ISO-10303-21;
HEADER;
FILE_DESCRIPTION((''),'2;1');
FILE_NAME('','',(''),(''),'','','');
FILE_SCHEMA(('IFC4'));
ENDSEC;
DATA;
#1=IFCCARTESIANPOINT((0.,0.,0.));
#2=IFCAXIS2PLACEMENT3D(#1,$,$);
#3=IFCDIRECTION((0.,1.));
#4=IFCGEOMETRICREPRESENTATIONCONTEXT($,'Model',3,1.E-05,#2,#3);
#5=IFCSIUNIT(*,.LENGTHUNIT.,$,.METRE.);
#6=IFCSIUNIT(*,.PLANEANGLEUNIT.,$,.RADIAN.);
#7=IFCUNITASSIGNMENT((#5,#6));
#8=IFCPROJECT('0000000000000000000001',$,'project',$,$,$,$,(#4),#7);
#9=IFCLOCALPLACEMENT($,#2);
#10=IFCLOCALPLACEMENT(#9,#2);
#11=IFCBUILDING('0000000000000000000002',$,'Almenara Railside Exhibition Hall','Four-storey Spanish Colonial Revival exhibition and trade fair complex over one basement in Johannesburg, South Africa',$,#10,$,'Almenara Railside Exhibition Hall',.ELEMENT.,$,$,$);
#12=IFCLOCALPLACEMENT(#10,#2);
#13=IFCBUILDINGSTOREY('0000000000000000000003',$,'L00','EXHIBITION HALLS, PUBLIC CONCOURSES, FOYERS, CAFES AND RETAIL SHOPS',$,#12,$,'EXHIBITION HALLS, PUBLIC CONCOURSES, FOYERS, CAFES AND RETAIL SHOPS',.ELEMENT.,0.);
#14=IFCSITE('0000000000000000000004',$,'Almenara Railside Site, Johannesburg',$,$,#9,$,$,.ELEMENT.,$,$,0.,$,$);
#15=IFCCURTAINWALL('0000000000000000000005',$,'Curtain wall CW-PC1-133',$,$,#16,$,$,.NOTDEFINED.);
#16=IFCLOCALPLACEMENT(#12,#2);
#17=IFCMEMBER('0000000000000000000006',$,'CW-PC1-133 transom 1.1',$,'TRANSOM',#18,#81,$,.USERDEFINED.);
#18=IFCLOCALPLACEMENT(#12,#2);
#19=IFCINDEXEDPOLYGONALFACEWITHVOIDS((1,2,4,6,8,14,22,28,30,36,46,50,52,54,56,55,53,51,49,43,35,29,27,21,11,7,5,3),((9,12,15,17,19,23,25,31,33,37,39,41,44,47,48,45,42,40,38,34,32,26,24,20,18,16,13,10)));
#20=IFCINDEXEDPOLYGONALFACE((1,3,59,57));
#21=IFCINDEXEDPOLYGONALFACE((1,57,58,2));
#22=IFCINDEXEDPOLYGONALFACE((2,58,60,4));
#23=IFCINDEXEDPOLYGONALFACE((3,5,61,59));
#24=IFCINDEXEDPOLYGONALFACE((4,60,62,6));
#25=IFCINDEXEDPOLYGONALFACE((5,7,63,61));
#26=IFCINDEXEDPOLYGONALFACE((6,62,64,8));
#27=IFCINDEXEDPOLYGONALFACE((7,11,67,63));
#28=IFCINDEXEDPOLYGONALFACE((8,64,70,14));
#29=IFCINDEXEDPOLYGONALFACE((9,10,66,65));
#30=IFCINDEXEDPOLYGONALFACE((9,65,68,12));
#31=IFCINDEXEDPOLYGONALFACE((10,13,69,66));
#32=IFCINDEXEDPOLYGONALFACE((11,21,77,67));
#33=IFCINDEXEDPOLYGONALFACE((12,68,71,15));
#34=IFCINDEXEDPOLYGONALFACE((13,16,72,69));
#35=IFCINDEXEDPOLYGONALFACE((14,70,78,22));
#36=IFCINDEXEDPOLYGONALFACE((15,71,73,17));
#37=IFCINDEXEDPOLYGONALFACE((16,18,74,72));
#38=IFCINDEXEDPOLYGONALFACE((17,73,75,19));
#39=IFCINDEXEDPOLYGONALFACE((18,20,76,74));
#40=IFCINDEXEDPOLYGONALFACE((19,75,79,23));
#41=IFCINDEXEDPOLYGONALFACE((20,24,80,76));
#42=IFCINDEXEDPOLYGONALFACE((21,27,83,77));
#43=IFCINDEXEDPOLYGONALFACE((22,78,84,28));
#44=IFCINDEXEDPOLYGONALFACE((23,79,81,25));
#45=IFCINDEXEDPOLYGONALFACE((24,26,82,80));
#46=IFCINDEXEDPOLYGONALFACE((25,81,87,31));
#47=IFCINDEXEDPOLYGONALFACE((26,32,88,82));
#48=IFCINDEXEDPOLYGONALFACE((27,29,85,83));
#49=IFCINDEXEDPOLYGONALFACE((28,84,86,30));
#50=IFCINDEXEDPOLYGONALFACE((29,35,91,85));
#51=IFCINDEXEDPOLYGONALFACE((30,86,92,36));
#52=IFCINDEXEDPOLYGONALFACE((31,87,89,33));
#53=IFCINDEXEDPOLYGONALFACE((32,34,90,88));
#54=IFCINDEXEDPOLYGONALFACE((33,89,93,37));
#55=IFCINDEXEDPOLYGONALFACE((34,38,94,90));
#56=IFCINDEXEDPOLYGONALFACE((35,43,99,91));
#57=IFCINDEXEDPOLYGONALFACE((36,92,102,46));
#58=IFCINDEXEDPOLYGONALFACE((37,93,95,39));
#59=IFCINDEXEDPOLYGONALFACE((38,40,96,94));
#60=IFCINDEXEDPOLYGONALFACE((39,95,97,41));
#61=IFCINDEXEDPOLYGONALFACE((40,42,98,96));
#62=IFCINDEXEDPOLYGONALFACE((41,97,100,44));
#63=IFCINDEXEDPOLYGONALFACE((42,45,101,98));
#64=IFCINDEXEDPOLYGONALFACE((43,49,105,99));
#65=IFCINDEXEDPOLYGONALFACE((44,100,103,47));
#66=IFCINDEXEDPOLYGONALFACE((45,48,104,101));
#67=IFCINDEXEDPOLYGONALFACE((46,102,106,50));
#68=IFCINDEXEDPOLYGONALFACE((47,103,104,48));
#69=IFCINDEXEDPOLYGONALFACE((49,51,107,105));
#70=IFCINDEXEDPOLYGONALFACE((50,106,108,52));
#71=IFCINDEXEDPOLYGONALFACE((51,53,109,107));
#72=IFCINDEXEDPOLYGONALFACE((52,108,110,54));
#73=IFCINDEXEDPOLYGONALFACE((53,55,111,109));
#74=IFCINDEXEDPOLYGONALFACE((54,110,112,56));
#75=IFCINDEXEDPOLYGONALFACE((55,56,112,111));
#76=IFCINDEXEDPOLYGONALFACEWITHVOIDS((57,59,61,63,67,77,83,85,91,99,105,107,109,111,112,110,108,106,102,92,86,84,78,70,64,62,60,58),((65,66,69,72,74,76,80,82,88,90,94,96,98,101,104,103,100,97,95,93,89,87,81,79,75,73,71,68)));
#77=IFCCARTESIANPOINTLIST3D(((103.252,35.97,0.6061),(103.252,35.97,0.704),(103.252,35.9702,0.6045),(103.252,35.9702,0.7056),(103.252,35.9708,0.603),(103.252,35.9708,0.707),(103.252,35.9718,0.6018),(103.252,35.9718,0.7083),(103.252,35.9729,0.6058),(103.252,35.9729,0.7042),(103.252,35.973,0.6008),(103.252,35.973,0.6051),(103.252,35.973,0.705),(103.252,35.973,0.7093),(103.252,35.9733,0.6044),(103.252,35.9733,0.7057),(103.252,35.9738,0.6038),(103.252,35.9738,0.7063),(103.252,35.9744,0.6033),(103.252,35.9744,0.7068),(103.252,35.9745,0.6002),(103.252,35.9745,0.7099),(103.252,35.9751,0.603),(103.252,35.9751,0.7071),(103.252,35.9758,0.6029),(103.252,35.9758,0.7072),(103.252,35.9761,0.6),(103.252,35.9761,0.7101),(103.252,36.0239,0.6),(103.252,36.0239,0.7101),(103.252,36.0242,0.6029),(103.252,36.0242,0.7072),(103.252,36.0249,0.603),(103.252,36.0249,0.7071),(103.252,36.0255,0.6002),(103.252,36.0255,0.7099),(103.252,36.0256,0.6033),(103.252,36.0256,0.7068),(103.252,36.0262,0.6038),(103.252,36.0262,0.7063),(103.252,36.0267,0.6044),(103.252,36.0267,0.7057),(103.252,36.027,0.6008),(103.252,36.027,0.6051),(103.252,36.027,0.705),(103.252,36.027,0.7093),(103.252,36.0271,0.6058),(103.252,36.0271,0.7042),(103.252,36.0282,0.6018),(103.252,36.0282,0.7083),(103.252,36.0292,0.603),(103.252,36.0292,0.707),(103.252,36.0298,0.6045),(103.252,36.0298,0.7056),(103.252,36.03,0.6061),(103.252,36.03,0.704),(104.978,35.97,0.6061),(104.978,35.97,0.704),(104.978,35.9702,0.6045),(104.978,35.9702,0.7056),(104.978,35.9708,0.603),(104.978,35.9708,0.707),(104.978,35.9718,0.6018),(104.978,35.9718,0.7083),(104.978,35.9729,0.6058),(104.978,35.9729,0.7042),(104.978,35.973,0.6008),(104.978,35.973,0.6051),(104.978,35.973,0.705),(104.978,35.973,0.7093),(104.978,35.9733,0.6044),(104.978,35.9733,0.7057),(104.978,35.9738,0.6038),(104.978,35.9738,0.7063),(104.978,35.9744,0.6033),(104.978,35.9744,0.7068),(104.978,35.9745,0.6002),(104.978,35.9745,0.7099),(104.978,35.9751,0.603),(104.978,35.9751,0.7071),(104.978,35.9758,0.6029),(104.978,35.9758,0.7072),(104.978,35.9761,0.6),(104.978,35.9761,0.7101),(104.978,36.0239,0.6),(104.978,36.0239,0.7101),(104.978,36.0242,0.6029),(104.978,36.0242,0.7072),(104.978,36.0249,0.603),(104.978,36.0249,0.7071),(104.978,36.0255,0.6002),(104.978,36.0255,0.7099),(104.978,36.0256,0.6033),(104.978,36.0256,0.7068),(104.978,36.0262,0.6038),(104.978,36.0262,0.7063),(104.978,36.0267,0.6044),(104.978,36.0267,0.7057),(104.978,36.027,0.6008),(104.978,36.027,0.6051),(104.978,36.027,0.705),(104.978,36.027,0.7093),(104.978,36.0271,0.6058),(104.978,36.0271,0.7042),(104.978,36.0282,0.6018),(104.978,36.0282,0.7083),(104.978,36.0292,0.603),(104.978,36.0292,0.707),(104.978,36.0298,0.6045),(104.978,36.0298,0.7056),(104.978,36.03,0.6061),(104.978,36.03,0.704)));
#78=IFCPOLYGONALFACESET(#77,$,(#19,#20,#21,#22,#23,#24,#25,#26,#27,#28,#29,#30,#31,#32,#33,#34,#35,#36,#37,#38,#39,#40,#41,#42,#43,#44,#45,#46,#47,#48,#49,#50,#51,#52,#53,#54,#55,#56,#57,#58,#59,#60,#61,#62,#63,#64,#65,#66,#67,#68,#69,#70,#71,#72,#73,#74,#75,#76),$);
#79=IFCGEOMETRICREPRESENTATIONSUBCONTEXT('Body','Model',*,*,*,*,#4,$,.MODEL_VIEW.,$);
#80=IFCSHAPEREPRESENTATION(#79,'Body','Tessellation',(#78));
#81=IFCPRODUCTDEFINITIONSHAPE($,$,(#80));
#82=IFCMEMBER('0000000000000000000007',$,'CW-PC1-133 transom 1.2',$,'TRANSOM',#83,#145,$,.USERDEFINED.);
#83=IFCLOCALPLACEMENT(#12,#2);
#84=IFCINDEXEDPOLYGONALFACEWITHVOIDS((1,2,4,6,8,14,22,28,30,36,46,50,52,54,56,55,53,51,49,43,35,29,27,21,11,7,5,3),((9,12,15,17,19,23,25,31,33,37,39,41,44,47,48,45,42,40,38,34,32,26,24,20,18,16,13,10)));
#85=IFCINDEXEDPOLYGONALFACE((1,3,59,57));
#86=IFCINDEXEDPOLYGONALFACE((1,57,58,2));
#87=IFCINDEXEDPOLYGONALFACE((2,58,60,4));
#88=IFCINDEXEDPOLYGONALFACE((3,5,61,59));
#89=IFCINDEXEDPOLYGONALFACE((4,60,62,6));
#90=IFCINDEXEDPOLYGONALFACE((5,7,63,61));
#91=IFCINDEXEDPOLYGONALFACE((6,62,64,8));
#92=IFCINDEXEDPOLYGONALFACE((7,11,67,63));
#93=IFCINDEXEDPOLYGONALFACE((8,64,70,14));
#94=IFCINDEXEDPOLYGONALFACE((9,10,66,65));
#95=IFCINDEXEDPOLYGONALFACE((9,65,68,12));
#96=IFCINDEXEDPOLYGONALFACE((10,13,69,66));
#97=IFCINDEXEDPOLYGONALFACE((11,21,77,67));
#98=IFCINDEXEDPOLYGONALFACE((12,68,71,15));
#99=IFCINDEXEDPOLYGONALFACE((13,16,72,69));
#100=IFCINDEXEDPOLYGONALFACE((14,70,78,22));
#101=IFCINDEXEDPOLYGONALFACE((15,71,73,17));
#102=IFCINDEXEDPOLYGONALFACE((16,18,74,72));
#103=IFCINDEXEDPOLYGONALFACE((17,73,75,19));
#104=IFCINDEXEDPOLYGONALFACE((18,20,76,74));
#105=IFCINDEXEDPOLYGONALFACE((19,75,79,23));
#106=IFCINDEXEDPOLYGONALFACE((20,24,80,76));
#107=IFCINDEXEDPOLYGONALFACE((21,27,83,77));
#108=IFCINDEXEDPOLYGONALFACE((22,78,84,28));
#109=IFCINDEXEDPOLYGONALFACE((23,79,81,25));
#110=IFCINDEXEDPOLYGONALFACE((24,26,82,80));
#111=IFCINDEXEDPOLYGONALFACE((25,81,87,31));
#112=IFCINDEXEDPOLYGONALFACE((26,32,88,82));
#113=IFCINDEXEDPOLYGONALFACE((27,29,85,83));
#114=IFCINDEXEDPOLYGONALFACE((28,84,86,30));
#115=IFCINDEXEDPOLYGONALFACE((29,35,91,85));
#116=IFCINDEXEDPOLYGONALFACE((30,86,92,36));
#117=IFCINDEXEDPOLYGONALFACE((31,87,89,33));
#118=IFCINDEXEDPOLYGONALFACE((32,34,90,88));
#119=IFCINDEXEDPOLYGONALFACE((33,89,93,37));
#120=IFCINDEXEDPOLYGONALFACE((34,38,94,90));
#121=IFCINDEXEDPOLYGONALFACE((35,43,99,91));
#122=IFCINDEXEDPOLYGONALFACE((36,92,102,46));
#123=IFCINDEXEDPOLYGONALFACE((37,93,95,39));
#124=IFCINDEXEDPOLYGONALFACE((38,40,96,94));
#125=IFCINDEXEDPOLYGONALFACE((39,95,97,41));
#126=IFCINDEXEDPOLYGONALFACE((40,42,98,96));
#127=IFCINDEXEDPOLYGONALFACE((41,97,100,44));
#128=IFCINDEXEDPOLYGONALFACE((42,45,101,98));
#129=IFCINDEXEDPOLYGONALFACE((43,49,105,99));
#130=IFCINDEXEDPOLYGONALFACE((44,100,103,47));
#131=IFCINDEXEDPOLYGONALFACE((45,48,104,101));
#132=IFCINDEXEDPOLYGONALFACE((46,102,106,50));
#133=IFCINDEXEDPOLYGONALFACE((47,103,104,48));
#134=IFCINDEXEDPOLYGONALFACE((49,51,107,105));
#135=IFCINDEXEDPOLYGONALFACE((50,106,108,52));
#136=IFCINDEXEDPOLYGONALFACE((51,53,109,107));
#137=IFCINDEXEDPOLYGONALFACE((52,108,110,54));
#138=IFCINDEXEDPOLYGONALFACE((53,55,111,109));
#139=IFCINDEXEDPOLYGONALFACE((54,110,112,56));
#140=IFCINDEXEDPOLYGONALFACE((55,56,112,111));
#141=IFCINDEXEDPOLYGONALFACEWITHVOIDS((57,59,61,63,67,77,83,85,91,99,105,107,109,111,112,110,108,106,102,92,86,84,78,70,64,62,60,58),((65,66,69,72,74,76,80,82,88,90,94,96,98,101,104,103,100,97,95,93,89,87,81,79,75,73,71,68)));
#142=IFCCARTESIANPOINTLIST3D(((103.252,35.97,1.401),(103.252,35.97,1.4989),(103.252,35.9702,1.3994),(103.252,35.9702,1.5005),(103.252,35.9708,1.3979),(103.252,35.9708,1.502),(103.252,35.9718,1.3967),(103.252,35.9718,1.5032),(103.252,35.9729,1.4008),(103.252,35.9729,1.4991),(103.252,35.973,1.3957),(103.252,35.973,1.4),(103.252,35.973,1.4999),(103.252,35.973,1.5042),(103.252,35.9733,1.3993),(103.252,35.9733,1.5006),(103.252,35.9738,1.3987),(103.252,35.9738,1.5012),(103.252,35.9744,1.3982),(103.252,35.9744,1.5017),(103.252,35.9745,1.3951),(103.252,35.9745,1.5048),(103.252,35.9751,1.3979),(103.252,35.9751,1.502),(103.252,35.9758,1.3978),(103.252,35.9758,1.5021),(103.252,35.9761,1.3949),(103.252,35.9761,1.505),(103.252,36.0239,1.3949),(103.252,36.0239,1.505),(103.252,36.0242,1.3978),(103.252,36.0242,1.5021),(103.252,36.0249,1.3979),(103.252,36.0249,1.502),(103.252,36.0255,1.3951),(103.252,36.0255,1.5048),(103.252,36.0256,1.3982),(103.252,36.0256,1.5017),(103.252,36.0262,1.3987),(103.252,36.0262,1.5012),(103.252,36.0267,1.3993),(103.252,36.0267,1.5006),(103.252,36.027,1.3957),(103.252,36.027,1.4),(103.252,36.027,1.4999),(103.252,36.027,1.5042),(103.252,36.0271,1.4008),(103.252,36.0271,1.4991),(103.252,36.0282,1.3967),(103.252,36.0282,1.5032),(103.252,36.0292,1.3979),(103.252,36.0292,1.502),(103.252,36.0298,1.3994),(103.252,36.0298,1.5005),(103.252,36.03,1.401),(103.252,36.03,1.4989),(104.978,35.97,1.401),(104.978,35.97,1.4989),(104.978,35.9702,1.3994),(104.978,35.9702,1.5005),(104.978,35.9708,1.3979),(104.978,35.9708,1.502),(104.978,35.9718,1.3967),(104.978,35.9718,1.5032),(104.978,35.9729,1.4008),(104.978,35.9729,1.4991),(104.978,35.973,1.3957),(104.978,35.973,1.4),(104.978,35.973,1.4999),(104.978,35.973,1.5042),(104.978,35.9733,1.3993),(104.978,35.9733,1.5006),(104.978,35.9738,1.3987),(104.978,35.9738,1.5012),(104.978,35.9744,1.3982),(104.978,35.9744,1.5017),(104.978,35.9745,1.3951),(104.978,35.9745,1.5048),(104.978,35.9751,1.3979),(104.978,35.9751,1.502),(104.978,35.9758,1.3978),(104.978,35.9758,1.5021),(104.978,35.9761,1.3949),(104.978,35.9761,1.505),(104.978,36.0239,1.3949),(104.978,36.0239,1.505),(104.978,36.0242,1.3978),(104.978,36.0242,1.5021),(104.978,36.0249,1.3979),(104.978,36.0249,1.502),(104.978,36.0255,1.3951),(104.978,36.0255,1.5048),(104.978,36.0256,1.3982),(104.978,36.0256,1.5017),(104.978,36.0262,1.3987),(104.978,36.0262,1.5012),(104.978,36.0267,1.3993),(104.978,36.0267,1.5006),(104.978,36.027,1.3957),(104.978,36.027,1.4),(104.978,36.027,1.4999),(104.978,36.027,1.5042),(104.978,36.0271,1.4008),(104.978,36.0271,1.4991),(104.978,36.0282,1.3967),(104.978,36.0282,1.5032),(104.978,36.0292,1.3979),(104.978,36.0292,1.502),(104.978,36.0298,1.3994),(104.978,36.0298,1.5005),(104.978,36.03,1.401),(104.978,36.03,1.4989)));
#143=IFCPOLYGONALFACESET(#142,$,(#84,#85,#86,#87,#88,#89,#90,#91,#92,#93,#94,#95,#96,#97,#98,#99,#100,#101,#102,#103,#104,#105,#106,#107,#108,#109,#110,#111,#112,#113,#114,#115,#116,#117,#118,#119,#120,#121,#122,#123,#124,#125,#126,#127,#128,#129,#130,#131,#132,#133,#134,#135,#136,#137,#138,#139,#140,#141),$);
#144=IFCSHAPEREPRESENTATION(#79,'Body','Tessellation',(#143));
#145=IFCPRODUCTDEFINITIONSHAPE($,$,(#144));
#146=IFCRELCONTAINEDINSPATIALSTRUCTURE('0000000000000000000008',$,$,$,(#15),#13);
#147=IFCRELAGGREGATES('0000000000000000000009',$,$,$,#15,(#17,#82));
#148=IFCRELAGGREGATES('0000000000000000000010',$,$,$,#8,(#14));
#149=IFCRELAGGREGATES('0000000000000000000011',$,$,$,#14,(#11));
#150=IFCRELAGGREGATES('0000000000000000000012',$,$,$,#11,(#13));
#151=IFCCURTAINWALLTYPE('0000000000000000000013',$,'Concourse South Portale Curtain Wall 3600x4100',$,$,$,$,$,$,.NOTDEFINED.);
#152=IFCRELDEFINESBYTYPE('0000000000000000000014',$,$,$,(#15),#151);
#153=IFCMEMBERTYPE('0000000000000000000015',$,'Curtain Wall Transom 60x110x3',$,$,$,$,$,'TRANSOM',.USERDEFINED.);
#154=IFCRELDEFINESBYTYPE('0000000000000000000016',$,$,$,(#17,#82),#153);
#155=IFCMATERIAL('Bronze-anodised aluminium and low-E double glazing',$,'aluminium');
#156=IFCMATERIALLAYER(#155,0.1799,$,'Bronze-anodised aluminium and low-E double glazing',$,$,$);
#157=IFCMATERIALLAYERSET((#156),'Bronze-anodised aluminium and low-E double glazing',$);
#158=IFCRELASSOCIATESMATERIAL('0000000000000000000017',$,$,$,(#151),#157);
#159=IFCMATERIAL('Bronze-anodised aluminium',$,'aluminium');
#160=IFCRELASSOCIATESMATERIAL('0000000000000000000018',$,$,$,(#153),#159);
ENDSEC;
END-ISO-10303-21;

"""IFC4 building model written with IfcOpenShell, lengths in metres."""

from ifc_helpers import new_model, si_unit, direction, frame, origin, origin_2d, place, context, subcontext, project, spatial, hollow_rectangle, extrude, material, layer, layer_set, material_profile, profile_set, type_object, element, aggregate, save


model = new_model("IFC4")

# Units and contexts
model_context = context("Model", 3, precision=1e-05, world=origin(), true_north=direction((0.0, 1.0)))
body_context = subcontext(model_context, "Body", "Model", "MODEL_VIEW")
ifc_project = project(units=[si_unit("LENGTHUNIT", "METRE"), si_unit("PLANEANGLEUNIT", "RADIAN")], contexts=[model_context])

# Site, building, storey
site_placement = place(None, origin())
site = spatial("IfcSite", under=ifc_project, at=site_placement, Name="Almenara Railside Site, Johannesburg", CompositionType="ELEMENT", RefElevation=0.0)
building_placement = place(site_placement, origin())
building = spatial("IfcBuilding", under=site, at=building_placement, Name="Almenara Railside Exhibition Hall", Description="Four-storey Spanish Colonial Revival exhibition and trade fair complex over one basement in Johannesburg, South Africa", LongName="Almenara Railside Exhibition Hall", CompositionType="ELEMENT")
storey_placement = place(building_placement, origin())
storey = spatial("IfcBuildingStorey", under=building, at=storey_placement, Name="L00", Description="EXHIBITION HALLS, PUBLIC CONCOURSES, FOYERS, CAFES AND RETAIL SHOPS", LongName="EXHIBITION HALLS, PUBLIC CONCOURSES, FOYERS, CAFES AND RETAIL SHOPS", CompositionType="ELEMENT", Elevation=0.0)

# Curtain wall, members
ifc_material_1 = material(Name="Bronze-anodised aluminium and low-E double glazing", Category="aluminium")
ifc_layer_1 = layer(ifc_material_1, 0.1799, Name="Bronze-anodised aluminium and low-E double glazing")
ifc_layer_set_1 = layer_set([ifc_layer_1], Name="Bronze-anodised aluminium and low-E double glazing")
curtain_wall_type = type_object("IfcCurtainWallType", Name="Concourse South Portale Curtain Wall 3600x4100", PredefinedType="NOTDEFINED", material=ifc_layer_set_1)
curtain_wall_placement = place(storey_placement, origin())
curtain_wall = element("IfcCurtainWall", 1, at=curtain_wall_placement, inside=storey, type_object=curtain_wall_type, Name="Curtain wall CW-PC1-133", PredefinedType="NOTDEFINED")
ifc_material_2 = material(Name="Bronze-anodised aluminium", Category="aluminium")
ifc_material_profile_1 = material_profile(ifc_material_2, hollow_rectangle(XDim=0.0601, YDim=0.1101, WallThickness=0.0029, InnerFilletRadius=0.0029, OuterFilletRadius=0.0061, at=origin_2d()), Name="ALU-TRN 60x110x3")
ifc_profile_set_1 = profile_set([ifc_material_profile_1], Name="Bronze-anodised aluminium")
member_type_1 = type_object("IfcMemberType", Name="Curtain Wall Transom 60x110x3", ElementType="TRANSOM", PredefinedType="USERDEFINED", material=ifc_profile_set_1)
member_1_placement = place(storey_placement, frame((103.252, 36.0, 0.655), z_axis=(1.0, 0.0, 0.0), x_axis=(0.0, 1.0, 0.0)))
member_1 = element("IfcMember", 2, at=member_1_placement, type_object=member_type_1, Name="CW-PC1-133 transom 1.1", ObjectType="TRANSOM", PredefinedType="USERDEFINED", context=body_context, shape_type="SweptSolid", body=[
    extrude(hollow_rectangle(XDim=0.0601, YDim=0.1101, WallThickness=0.0029, InnerFilletRadius=0.0029, OuterFilletRadius=0.0061, at=origin_2d()), origin(), (0.0, 0.0, 1.0), 1.7261),
])
member_2_placement = place(storey_placement, frame((103.252, 36.0, 1.45), z_axis=(1.0, 0.0, 0.0), x_axis=(0.0, 1.0, 0.0)))
member_2 = element("IfcMember", 3, at=member_2_placement, type_object=member_type_1, Name="CW-PC1-133 transom 1.2", ObjectType="TRANSOM", PredefinedType="USERDEFINED", context=body_context, shape_type="SweptSolid", body=[
    extrude(hollow_rectangle(XDim=0.0601, YDim=0.1101, WallThickness=0.0029, InnerFilletRadius=0.0029, OuterFilletRadius=0.0061, at=origin_2d()), origin(), (0.0, 0.0, 1.0), 1.7261),
])

aggregate(curtain_wall, [member_1, member_2])

save(model, "model.ifc")
